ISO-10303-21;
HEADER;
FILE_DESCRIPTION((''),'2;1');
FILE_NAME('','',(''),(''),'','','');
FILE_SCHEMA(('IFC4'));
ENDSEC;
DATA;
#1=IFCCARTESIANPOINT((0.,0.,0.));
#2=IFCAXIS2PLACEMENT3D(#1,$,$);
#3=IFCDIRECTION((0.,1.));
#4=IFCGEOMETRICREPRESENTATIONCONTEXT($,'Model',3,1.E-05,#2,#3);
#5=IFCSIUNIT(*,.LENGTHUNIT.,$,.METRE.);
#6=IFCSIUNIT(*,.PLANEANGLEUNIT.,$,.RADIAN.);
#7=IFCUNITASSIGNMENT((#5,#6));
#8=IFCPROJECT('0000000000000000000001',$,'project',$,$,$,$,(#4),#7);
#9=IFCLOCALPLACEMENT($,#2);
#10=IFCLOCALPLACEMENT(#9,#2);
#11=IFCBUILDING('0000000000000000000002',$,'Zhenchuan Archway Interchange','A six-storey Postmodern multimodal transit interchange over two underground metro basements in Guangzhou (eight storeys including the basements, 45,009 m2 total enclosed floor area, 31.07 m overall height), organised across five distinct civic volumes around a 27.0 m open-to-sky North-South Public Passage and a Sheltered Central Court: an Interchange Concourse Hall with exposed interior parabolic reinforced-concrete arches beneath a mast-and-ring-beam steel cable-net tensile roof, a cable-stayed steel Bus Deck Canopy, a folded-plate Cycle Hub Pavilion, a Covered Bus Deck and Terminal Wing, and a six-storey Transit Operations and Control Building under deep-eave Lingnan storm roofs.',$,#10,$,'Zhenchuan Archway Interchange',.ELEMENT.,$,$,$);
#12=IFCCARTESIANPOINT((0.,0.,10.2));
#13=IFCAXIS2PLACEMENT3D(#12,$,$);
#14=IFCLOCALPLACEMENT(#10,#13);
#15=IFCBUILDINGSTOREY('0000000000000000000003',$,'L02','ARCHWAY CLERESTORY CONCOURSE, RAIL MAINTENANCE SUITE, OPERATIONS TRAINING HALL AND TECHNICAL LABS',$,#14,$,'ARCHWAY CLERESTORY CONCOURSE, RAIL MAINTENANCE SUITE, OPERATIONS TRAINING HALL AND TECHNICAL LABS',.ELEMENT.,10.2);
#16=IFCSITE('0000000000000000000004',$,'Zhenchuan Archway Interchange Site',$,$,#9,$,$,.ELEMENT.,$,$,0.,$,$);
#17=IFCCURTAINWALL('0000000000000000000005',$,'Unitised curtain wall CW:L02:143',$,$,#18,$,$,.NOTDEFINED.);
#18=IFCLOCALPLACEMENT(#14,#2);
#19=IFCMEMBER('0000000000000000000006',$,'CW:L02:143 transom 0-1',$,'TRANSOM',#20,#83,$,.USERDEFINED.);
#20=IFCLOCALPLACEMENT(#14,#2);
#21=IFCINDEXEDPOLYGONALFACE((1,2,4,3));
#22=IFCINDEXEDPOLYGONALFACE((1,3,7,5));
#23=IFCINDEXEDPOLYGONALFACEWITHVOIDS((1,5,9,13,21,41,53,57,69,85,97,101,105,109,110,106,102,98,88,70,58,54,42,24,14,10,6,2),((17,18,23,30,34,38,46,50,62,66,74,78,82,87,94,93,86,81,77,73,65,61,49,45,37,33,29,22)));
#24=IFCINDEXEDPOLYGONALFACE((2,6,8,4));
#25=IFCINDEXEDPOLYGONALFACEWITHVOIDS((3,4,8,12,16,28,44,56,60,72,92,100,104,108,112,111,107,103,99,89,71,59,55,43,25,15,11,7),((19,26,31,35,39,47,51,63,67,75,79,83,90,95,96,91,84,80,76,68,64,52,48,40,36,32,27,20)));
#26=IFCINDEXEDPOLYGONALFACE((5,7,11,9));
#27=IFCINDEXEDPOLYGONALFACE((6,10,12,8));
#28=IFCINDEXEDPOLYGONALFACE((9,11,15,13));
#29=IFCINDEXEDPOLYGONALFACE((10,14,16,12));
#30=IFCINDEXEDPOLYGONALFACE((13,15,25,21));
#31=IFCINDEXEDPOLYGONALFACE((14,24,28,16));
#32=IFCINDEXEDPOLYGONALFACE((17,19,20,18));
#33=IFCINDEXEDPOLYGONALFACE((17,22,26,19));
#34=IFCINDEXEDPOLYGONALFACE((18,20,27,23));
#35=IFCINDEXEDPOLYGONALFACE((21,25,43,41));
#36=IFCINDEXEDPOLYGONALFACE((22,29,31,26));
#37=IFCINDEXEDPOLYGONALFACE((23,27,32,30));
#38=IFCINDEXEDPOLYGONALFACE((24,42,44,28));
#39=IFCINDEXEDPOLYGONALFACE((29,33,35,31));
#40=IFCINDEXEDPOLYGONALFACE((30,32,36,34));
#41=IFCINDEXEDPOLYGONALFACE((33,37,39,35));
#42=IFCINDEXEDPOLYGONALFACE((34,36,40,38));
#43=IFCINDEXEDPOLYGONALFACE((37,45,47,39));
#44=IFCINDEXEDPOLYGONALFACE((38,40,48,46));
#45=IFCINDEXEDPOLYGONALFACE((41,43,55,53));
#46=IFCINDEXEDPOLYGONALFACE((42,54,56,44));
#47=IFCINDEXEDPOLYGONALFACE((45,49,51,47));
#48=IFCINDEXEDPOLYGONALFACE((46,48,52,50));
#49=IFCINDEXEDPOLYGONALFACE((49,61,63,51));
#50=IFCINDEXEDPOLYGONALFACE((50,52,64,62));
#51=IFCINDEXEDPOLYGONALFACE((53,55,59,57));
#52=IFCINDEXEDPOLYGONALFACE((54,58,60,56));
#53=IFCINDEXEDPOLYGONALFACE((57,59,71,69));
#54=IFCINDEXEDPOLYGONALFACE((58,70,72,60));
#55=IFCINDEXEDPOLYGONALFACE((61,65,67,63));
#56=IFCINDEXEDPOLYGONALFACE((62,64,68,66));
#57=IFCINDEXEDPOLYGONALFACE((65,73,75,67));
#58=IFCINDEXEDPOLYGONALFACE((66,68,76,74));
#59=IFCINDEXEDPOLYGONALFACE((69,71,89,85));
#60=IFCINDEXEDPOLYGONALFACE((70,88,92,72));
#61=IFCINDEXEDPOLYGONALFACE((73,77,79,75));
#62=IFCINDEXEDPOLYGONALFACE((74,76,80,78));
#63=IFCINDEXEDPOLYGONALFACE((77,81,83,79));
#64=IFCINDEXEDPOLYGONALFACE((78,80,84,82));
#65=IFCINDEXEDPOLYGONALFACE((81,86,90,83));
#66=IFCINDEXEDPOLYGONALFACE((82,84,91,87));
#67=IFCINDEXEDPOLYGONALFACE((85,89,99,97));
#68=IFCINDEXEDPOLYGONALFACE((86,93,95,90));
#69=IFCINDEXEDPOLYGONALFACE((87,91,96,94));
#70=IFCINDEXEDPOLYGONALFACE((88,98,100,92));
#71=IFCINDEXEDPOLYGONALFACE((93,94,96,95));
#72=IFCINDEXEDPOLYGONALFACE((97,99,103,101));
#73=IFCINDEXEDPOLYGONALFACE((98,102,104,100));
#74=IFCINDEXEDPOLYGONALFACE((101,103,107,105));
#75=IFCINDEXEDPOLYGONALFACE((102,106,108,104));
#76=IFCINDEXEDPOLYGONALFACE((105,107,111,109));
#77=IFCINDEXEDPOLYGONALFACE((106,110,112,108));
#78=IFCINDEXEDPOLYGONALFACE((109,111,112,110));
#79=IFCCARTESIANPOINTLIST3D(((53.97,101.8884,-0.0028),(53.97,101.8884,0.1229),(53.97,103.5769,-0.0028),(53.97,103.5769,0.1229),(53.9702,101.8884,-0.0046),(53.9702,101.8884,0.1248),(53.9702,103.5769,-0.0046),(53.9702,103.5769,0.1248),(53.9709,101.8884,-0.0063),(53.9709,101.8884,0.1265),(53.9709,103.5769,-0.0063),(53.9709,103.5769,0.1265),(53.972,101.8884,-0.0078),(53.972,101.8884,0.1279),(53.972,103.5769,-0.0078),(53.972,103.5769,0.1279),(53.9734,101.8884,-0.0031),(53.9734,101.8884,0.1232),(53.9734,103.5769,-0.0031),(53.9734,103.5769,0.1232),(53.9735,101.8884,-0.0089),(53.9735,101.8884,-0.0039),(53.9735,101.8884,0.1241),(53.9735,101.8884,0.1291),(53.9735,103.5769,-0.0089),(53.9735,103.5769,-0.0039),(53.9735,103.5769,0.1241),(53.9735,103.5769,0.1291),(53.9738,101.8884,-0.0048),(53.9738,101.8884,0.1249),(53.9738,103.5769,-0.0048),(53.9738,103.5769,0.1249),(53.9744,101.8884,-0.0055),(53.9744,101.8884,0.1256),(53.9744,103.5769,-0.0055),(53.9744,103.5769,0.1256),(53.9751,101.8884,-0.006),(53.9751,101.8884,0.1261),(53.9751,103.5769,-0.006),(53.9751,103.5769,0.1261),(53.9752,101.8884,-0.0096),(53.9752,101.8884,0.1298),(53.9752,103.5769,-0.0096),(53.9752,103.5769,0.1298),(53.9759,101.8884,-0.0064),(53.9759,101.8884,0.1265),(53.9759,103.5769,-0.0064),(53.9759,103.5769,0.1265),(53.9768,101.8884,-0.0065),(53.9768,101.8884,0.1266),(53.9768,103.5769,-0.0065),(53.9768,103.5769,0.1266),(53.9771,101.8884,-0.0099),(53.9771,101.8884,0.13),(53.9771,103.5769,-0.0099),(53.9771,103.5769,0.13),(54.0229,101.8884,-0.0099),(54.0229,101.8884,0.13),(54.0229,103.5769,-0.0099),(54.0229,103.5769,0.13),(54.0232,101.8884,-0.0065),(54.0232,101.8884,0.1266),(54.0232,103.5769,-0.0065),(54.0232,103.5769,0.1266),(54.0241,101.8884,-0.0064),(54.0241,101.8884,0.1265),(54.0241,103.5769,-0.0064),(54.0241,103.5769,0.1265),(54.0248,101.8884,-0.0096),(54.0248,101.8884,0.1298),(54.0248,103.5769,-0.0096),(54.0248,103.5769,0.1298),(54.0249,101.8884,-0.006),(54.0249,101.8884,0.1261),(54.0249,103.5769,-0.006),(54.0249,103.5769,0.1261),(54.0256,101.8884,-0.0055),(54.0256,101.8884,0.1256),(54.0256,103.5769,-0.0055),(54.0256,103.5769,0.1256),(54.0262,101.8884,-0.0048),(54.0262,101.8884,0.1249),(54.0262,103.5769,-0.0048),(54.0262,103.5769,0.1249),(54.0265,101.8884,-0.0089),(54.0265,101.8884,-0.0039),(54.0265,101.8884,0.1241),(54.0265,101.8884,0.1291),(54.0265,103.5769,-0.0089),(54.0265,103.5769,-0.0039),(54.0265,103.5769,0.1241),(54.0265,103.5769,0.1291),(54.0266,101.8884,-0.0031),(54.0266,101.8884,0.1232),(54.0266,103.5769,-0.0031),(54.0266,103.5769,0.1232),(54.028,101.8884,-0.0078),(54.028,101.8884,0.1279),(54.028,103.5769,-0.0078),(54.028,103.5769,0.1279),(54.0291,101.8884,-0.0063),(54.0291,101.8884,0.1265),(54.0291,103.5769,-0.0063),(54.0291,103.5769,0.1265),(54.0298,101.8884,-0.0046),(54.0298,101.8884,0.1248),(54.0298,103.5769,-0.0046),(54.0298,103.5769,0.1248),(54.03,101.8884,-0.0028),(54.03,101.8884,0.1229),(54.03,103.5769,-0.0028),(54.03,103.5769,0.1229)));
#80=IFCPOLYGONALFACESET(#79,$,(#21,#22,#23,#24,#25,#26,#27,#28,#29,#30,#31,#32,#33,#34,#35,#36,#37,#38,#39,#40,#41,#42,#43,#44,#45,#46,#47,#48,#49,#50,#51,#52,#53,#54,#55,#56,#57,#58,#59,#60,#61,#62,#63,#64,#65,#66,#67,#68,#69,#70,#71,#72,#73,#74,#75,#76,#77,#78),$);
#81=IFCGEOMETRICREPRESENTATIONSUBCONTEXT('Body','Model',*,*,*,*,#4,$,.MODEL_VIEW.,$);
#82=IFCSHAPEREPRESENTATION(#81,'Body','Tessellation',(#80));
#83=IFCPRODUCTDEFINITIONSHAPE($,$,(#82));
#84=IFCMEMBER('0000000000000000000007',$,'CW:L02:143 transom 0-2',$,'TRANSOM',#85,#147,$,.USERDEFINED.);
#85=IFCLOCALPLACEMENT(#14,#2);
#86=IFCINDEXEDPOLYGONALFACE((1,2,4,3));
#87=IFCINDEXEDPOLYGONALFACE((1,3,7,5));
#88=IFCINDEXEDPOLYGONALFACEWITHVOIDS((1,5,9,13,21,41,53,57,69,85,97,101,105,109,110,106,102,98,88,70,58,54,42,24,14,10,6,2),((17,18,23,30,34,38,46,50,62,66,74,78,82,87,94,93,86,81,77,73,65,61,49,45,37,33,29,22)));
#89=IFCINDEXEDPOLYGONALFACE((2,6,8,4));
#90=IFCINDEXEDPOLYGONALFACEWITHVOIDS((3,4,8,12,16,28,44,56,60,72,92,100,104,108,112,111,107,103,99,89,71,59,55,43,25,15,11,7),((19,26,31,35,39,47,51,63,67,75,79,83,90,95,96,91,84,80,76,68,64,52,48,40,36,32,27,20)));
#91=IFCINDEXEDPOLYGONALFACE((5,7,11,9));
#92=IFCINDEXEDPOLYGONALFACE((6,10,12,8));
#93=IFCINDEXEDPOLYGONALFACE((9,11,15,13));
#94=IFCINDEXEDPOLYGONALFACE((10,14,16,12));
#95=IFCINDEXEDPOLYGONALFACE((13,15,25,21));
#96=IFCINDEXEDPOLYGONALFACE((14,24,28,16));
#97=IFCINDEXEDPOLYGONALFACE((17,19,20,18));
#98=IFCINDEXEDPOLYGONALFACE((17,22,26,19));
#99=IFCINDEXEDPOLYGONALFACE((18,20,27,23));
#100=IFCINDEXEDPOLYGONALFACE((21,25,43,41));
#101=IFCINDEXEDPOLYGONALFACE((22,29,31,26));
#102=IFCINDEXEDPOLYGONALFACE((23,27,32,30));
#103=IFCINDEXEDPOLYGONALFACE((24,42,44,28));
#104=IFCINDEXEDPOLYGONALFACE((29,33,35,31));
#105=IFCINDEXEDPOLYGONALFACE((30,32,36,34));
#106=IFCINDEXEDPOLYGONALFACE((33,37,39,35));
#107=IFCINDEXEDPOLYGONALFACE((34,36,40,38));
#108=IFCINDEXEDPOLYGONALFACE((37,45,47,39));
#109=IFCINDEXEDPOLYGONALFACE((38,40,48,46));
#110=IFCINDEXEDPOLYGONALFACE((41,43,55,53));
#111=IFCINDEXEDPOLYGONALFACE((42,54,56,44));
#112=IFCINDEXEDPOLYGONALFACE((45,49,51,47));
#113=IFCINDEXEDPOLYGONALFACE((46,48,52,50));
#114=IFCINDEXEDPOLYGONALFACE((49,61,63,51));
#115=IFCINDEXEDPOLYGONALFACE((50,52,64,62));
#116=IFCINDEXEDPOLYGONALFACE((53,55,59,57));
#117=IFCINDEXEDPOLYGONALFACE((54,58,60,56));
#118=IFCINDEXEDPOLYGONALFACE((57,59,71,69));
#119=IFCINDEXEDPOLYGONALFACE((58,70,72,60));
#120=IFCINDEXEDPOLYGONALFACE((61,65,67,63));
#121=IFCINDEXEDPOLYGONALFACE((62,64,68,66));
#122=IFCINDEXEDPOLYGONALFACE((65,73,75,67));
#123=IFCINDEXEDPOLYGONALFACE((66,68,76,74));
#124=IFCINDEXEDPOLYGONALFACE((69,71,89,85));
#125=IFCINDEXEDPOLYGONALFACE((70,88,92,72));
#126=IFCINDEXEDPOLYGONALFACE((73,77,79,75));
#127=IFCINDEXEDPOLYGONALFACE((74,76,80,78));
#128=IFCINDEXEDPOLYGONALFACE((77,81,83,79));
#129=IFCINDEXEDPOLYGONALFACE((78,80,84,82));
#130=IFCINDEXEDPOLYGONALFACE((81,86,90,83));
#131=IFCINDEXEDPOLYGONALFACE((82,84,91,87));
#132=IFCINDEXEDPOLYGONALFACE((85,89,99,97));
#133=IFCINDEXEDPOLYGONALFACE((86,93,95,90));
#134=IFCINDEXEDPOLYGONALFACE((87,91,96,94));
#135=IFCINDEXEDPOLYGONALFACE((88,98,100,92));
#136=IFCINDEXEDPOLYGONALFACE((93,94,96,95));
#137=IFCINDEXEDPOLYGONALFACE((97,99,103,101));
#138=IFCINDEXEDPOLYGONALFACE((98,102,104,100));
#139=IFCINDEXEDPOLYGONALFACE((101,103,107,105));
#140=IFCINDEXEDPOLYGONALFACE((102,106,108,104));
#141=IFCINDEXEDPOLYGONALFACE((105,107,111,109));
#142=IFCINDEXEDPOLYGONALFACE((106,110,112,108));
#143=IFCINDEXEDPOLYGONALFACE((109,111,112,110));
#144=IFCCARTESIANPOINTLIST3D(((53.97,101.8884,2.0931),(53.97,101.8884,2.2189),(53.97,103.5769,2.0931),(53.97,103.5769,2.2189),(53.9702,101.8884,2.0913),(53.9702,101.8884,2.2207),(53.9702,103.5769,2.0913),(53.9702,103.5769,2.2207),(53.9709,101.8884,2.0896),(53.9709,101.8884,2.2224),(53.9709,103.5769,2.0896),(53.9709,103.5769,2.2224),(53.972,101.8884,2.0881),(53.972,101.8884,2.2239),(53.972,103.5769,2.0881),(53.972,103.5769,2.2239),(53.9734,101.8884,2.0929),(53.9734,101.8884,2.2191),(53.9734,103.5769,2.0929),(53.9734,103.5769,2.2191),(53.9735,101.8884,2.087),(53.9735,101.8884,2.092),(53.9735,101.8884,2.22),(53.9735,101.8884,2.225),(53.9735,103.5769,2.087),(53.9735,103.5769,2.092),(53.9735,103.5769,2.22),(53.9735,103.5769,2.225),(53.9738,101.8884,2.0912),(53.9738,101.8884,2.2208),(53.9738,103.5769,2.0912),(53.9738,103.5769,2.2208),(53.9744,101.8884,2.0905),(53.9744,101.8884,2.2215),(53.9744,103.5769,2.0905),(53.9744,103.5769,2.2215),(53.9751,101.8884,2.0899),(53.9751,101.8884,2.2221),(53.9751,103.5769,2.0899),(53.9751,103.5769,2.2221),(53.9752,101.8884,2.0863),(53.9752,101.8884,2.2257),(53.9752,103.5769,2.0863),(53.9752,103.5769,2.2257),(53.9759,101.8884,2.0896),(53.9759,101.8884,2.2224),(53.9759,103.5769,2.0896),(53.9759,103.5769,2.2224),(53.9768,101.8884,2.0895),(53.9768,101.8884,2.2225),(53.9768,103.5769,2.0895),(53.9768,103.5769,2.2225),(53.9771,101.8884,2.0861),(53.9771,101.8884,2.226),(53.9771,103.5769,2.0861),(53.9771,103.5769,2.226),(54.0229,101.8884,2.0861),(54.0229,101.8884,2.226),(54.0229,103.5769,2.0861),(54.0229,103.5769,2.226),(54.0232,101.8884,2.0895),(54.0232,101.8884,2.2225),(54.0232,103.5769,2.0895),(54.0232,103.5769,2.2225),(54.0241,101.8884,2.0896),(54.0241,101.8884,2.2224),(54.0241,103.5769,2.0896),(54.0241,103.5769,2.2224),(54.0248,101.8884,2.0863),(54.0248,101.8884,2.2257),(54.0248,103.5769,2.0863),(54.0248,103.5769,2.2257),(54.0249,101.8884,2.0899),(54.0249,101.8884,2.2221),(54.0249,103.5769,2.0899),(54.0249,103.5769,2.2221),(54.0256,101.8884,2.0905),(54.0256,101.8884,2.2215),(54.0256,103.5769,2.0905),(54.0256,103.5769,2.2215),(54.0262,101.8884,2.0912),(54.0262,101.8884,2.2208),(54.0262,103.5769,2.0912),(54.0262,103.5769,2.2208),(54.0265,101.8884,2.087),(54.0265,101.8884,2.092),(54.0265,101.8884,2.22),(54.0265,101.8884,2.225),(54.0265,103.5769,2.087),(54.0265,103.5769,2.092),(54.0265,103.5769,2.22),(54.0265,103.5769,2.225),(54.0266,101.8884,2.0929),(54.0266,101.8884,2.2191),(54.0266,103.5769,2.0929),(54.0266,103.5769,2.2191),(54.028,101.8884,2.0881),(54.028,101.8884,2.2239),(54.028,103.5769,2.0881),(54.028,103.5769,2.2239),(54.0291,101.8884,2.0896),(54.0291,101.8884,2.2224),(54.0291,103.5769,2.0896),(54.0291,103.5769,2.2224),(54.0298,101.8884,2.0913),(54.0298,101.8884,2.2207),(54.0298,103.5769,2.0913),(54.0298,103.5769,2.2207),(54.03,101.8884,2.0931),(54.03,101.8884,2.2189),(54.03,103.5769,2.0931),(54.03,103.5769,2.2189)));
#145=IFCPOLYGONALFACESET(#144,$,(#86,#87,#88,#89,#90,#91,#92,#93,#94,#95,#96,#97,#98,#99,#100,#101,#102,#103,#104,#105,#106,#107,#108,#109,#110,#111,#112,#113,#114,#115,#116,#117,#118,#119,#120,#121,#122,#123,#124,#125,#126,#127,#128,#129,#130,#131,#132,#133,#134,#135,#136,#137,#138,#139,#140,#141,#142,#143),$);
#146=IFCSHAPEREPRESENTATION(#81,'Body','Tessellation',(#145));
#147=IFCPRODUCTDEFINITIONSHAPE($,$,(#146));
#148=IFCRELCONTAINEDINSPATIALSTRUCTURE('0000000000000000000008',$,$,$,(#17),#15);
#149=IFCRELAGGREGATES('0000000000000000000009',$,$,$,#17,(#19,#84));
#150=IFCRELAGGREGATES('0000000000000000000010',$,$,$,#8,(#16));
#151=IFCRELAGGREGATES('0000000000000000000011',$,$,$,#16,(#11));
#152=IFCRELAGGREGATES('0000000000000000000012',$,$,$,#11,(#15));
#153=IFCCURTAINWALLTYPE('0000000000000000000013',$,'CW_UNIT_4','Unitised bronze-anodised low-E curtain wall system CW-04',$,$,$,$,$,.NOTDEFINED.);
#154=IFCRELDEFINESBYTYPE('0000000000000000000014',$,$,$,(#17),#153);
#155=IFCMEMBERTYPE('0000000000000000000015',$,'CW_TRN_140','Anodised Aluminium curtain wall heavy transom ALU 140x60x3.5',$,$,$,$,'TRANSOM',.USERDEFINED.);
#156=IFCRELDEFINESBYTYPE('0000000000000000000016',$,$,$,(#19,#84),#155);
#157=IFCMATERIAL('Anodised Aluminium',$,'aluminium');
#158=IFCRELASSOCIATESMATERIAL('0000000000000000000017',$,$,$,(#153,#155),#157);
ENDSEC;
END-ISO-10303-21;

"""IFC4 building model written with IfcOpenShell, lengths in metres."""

from ifc_helpers import new_model, si_unit, direction, frame, origin, origin_2d, place, context, subcontext, project, spatial, hollow_rectangle, extrude, material, material_profile, profile_set, type_object, element, aggregate, save


model = new_model("IFC4")

# Units and contexts
model_context = context("Model", 3, precision=1e-05, world=origin(), true_north=direction((0.0, 1.0)))
body_context = subcontext(model_context, "Body", "Model", "MODEL_VIEW")
ifc_project = project(units=[si_unit("LENGTHUNIT", "METRE"), si_unit("PLANEANGLEUNIT", "RADIAN")], contexts=[model_context])

# Site, building, storey
site_placement = place(None, origin())
site = spatial("IfcSite", under=ifc_project, at=site_placement, Name="Zhenchuan Archway Interchange Site", CompositionType="ELEMENT", RefElevation=0.0)
building_placement = place(site_placement, origin())
building = spatial("IfcBuilding", under=site, at=building_placement, Name="Zhenchuan Archway Interchange", Description="A six-storey Postmodern multimodal transit interchange over two underground metro basements in Guangzhou (eight storeys including the basements, 45,009 m2 total enclosed floor area, 31.07 m overall height), organised across five distinct civic volumes around a 27.0 m open-to-sky North-South Public Passage and a Sheltered Central Court: an Interchange Concourse Hall with exposed interior parabolic reinforced-concrete arches beneath a mast-and-ring-beam steel cable-net tensile roof, a cable-stayed steel Bus Deck Canopy, a folded-plate Cycle Hub Pavilion, a Covered Bus Deck and Terminal Wing, and a six-storey Transit Operations and Control Building under deep-eave Lingnan storm roofs.", LongName="Zhenchuan Archway Interchange", CompositionType="ELEMENT")
storey_placement = place(building_placement, frame((0.0, 0.0, 10.2)))
storey = spatial("IfcBuildingStorey", under=building, at=storey_placement, Name="L02", Description="ARCHWAY CLERESTORY CONCOURSE, RAIL MAINTENANCE SUITE, OPERATIONS TRAINING HALL AND TECHNICAL LABS", LongName="ARCHWAY CLERESTORY CONCOURSE, RAIL MAINTENANCE SUITE, OPERATIONS TRAINING HALL AND TECHNICAL LABS", CompositionType="ELEMENT", Elevation=10.2)

# Curtain wall, members
ifc_material_1 = material(Name="Anodised Aluminium", Category="aluminium")
curtain_wall_type = type_object("IfcCurtainWallType", Name="CW_UNIT_4", Description="Unitised bronze-anodised low-E curtain wall system CW-04", PredefinedType="NOTDEFINED", material=ifc_material_1)
curtain_wall_placement = place(storey_placement, origin())
curtain_wall = element("IfcCurtainWall", 1, at=curtain_wall_placement, inside=storey, type_object=curtain_wall_type, Name="Unitised curtain wall CW:L02:143", PredefinedType="NOTDEFINED")
ifc_material_profile_1 = material_profile(ifc_material_1, hollow_rectangle(XDim=0.0601, YDim=0.1399, WallThickness=0.0034, InnerFilletRadius=0.0034, OuterFilletRadius=0.0071, at=origin_2d()), Name="ALU 140x60x3.5")
ifc_profile_set_1 = profile_set([ifc_material_profile_1], Name="Anodised Aluminium")
member_type_1 = type_object("IfcMemberType", Name="CW_TRN_140", Description="Anodised Aluminium curtain wall heavy transom ALU 140x60x3.5", ElementType="TRANSOM", PredefinedType="USERDEFINED", material=ifc_profile_set_1)
member_1_placement = place(storey_placement, frame((54.0, 103.5769, 0.0601), z_axis=(0.0, -1.0, 0.0), x_axis=(1.0, 0.0, 0.0)))
member_1 = element("IfcMember", 2, at=member_1_placement, type_object=member_type_1, Name="CW:L02:143 transom 0-1", ObjectType="TRANSOM", PredefinedType="USERDEFINED", context=body_context, shape_type="SweptSolid", body=[
    extrude(hollow_rectangle(XDim=0.0601, YDim=0.1399, WallThickness=0.0034, InnerFilletRadius=0.0034, OuterFilletRadius=0.0071, at=origin_2d()), origin(), (0.0, 0.0, 1.0), 1.6885),
])
member_2_placement = place(storey_placement, frame((54.0, 103.5769, 2.156), z_axis=(0.0, -1.0, 0.0), x_axis=(1.0, 0.0, 0.0)))
member_2 = element("IfcMember", 3, at=member_2_placement, type_object=member_type_1, Name="CW:L02:143 transom 0-2", ObjectType="TRANSOM", PredefinedType="USERDEFINED", context=body_context, shape_type="SweptSolid", body=[
    extrude(hollow_rectangle(XDim=0.0601, YDim=0.1399, WallThickness=0.0034, InnerFilletRadius=0.0034, OuterFilletRadius=0.0071, at=origin_2d()), origin(), (0.0, 0.0, 1.0), 1.6885),
])
aggregate(curtain_wall, [member_1, member_2])

save(model, "model.ifc")
